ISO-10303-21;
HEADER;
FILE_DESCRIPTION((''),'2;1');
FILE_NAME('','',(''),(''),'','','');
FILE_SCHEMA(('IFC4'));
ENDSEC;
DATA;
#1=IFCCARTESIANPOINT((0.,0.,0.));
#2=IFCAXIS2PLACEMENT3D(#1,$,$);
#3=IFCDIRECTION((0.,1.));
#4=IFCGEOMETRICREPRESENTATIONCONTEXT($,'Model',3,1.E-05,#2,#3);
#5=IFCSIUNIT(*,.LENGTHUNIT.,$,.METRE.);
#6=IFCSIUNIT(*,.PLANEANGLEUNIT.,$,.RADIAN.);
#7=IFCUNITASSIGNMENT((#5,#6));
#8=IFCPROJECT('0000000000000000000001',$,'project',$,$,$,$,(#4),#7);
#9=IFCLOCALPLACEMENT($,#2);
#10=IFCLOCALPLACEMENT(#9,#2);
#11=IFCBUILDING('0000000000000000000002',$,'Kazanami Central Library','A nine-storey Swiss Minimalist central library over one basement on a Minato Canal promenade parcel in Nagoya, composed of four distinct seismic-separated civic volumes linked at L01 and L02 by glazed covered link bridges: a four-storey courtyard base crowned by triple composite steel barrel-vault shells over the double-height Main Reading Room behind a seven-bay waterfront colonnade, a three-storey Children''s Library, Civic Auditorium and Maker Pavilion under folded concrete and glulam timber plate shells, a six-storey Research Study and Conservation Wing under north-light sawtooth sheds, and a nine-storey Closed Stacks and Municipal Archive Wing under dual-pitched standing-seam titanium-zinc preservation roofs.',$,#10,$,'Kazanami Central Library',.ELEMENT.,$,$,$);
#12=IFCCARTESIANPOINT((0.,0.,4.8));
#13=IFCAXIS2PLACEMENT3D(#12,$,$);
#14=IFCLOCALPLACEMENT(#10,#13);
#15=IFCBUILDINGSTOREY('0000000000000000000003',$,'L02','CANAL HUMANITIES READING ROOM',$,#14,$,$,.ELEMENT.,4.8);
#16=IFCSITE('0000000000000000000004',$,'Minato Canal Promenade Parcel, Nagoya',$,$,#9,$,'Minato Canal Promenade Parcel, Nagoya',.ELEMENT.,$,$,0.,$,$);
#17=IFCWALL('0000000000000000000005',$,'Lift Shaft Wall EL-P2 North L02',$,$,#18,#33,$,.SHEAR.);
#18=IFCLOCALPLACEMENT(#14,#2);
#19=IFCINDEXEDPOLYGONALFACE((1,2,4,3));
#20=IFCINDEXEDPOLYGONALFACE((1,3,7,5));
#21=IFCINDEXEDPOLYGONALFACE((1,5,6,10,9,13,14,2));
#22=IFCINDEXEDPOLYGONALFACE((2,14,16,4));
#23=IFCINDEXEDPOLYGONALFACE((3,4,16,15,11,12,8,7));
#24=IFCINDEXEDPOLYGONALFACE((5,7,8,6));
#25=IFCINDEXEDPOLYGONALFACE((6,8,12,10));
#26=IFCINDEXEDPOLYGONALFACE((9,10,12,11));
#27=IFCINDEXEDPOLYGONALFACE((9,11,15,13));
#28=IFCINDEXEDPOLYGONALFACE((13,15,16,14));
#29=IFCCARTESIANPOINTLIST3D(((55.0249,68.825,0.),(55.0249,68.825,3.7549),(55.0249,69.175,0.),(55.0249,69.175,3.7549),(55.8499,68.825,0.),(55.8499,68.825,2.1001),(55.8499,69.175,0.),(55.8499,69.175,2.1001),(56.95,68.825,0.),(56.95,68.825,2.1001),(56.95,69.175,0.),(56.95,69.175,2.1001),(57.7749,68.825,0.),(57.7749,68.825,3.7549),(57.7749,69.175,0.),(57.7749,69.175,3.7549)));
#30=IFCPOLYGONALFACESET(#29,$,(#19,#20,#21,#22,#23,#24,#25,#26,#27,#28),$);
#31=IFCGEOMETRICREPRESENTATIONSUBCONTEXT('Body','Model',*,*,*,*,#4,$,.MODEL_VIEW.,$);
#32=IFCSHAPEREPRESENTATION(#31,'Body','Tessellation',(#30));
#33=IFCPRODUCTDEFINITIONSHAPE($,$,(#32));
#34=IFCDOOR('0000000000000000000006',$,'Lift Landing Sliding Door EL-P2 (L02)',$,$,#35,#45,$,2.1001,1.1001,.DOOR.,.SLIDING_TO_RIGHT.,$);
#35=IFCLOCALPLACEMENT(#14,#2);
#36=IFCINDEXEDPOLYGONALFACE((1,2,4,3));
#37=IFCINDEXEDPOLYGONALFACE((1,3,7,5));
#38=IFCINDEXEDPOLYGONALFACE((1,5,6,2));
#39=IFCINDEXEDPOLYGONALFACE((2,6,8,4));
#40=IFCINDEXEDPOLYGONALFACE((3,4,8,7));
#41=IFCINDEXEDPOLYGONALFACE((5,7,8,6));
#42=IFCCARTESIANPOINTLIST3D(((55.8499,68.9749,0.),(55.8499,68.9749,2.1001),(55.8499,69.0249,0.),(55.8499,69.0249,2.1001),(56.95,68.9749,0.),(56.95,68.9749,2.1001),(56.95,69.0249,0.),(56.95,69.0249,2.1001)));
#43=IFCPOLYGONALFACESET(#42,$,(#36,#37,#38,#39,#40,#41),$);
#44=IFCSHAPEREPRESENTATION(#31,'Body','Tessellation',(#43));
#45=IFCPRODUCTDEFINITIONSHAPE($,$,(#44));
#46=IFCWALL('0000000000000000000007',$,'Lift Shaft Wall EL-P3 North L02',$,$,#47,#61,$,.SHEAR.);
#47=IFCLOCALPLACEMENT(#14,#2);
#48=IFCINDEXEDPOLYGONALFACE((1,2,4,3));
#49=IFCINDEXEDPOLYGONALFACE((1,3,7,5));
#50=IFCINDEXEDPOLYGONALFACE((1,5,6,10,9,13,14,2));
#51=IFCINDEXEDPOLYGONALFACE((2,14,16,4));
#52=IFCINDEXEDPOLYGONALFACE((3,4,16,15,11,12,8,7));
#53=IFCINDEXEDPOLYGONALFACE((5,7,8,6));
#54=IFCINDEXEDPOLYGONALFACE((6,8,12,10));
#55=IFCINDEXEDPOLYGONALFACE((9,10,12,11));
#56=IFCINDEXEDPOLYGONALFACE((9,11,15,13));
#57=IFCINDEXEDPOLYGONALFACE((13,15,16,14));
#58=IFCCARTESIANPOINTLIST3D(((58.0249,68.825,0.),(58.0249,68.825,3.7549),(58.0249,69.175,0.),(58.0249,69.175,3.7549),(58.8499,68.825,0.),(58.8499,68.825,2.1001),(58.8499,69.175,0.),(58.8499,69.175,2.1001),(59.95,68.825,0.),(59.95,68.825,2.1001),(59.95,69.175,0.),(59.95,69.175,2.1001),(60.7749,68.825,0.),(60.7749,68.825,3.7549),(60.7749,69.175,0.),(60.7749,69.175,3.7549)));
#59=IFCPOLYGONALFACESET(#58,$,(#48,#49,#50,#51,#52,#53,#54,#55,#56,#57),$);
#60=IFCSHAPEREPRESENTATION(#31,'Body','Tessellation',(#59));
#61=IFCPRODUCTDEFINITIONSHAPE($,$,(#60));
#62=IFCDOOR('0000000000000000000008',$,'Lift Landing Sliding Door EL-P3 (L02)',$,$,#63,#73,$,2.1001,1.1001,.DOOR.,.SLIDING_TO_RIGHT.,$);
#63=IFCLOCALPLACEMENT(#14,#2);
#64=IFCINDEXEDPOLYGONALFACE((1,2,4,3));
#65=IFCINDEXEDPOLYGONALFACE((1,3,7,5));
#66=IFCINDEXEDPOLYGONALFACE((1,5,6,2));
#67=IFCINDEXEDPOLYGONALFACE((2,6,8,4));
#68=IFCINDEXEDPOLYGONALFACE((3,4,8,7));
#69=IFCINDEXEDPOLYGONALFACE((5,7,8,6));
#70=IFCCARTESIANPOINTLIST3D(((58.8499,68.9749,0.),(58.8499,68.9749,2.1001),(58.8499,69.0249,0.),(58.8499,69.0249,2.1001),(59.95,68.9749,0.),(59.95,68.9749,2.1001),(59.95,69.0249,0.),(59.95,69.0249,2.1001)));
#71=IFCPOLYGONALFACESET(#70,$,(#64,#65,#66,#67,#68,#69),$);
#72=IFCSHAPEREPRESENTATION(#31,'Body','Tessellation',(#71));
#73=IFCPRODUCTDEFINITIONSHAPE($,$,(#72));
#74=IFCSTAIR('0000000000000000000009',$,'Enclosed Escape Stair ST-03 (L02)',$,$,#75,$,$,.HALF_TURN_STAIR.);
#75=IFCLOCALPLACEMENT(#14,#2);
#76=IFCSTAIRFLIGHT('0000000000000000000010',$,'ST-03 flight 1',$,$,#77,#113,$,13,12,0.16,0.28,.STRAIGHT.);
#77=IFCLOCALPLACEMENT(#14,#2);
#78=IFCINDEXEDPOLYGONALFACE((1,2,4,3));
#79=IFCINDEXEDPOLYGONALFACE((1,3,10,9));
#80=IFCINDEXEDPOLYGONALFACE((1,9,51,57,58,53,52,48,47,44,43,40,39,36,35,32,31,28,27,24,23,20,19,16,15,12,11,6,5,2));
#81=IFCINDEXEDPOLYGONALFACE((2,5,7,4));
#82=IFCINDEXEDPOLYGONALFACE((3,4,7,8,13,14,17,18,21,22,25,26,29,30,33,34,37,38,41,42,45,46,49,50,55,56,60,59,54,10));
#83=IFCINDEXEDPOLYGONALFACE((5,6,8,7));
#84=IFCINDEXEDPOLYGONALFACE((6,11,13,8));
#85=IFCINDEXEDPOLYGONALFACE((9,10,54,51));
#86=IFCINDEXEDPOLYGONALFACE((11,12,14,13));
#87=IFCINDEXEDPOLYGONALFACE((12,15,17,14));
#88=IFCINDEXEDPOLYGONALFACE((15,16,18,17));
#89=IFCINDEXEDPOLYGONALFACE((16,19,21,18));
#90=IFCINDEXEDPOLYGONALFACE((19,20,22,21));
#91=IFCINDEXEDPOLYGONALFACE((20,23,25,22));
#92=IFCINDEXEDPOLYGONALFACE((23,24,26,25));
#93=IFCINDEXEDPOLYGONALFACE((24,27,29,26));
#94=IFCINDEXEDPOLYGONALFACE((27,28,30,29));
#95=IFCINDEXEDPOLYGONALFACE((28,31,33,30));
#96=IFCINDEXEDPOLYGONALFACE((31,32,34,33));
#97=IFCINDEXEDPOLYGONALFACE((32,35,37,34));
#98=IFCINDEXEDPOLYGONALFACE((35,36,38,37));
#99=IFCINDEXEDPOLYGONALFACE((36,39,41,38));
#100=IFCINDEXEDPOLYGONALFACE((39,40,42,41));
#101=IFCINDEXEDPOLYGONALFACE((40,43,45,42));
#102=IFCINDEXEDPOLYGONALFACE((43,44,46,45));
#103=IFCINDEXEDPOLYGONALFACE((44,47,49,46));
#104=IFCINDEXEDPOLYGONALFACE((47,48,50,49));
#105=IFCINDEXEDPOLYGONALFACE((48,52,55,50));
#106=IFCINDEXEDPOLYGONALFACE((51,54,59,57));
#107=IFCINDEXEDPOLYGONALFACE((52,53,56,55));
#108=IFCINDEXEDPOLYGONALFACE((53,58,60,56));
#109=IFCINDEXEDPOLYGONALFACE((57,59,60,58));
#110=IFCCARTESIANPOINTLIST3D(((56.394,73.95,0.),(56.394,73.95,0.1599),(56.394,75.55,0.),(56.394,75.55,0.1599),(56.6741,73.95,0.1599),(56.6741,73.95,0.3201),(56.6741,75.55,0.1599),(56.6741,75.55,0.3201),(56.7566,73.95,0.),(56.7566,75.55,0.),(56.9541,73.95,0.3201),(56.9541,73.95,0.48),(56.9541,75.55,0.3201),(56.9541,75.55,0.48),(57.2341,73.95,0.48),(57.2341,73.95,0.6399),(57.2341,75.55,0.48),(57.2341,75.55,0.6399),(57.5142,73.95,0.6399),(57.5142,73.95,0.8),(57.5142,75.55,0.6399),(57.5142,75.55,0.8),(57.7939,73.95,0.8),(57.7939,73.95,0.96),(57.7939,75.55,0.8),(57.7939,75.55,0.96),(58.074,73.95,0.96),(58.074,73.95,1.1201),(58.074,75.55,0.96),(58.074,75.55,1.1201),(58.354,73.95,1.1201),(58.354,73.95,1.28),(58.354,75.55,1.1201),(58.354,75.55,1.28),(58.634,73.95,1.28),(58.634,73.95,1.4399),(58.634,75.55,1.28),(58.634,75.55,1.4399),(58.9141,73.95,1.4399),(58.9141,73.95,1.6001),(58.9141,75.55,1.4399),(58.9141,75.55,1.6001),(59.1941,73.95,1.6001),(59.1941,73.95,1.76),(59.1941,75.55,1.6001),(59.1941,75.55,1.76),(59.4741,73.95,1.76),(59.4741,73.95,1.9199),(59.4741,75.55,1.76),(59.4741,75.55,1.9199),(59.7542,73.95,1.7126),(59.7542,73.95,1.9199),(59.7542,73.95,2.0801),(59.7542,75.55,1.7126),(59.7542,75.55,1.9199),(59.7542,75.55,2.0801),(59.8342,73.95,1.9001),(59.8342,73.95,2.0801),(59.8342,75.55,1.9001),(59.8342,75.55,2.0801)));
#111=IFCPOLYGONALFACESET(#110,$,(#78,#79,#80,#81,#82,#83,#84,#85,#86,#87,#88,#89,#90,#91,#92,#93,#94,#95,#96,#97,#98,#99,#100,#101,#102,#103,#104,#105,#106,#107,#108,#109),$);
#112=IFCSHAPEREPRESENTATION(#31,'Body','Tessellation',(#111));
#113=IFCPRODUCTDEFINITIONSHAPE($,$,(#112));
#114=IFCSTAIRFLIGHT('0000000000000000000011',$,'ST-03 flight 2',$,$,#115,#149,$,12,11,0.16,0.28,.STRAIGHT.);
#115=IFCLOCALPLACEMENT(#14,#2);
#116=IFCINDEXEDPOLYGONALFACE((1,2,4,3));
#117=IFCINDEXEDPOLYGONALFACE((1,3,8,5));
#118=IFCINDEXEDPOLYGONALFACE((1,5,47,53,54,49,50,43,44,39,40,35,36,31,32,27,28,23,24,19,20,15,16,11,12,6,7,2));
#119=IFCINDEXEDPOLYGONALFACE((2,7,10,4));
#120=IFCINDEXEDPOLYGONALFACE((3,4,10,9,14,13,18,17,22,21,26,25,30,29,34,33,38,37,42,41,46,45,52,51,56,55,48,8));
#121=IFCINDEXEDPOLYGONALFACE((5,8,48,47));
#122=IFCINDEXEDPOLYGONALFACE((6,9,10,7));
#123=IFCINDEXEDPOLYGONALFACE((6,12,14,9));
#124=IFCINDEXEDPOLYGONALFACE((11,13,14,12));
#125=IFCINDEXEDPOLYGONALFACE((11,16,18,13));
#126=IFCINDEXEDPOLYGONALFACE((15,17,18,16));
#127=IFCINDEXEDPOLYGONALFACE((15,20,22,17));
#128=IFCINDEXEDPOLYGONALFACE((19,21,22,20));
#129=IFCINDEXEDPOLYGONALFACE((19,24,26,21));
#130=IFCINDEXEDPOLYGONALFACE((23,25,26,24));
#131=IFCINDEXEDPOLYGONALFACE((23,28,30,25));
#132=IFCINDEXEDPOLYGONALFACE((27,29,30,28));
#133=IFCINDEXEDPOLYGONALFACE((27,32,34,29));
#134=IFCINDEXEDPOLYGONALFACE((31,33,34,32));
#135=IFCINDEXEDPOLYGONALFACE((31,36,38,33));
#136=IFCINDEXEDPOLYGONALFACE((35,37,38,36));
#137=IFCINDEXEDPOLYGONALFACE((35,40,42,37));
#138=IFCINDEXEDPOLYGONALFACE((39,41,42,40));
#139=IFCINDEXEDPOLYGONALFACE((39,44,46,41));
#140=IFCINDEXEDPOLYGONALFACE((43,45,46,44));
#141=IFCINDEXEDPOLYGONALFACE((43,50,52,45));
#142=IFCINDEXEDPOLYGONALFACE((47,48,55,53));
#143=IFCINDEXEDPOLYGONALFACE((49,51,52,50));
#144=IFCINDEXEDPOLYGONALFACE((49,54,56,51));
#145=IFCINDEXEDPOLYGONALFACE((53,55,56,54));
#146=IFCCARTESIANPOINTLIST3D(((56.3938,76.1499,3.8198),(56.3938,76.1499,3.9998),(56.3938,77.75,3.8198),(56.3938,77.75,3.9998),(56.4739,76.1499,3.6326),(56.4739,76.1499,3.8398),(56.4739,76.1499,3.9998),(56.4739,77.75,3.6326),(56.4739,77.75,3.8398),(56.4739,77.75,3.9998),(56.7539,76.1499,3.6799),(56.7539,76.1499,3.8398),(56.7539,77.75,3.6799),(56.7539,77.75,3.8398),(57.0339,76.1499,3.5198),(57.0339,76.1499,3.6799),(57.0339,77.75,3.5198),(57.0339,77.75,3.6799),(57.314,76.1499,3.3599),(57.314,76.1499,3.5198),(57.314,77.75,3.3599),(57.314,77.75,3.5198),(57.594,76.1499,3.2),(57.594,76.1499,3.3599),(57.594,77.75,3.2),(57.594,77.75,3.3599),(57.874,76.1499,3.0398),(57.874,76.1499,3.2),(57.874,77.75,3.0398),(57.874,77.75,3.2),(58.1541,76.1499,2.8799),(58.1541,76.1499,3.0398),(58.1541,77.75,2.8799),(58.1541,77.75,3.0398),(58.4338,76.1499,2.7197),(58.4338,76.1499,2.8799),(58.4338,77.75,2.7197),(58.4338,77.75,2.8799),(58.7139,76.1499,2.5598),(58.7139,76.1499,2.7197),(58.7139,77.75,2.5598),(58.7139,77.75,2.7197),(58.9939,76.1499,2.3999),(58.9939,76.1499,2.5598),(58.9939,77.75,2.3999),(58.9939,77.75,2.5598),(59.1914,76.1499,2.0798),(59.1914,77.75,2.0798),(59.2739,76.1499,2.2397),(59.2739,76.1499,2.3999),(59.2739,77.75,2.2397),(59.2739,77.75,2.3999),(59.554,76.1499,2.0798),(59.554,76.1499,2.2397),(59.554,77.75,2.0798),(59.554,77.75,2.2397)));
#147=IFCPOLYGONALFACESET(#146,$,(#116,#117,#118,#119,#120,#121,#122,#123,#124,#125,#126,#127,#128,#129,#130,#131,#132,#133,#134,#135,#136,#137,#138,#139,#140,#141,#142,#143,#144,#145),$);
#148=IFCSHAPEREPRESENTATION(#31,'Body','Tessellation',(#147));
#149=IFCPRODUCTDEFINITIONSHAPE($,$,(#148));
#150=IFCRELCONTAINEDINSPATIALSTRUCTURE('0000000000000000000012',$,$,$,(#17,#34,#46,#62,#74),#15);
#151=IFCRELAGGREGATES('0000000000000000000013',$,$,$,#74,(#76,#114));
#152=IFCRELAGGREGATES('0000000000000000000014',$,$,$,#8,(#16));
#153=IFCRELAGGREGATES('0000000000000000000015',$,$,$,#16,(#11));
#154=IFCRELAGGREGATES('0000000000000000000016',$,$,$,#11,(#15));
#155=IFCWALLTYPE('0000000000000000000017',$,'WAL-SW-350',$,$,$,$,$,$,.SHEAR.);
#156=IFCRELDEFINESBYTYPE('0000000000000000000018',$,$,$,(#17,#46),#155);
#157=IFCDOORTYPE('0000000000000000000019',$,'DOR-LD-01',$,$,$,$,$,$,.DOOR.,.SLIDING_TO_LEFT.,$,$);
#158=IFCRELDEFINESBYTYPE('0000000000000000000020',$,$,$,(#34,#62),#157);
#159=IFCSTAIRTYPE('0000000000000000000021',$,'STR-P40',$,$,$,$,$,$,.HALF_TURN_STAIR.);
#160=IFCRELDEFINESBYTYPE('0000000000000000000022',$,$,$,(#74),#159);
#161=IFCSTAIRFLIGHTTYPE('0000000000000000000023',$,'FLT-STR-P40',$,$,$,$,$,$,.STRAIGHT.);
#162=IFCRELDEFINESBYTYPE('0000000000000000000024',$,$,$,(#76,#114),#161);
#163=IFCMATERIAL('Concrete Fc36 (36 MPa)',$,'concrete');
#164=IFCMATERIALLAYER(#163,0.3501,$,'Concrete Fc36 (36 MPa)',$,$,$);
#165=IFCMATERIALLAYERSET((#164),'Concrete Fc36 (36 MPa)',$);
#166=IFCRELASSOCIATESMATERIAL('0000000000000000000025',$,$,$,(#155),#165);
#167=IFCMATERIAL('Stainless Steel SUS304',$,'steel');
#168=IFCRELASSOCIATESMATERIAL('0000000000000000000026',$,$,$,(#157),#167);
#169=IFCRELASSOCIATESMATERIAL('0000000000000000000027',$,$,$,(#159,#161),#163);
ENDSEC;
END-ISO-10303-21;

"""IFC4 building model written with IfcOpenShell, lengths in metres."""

from ifc_helpers import new_model, si_unit, direction, frame, frame_2d, origin, place, context, subcontext, project, spatial, polyline, rectangle, outline, extrude, material, layer, layer_set, type_object, element, fill, aggregate, save


model = new_model("IFC4")

# Units and contexts
model_context = context("Model", 3, precision=1e-05, world=origin(), true_north=direction((0.0, 1.0)))
body_context = subcontext(model_context, "Body", "Model", "MODEL_VIEW")
ifc_project = project(units=[si_unit("LENGTHUNIT", "METRE"), si_unit("PLANEANGLEUNIT", "RADIAN")], contexts=[model_context])

# Site, building, storey
site_placement = place(None, origin())
site = spatial("IfcSite", under=ifc_project, at=site_placement, Name="Minato Canal Promenade Parcel, Nagoya", LongName="Minato Canal Promenade Parcel, Nagoya", CompositionType="ELEMENT", RefElevation=0.0)
building_placement = place(site_placement, origin())
building = spatial("IfcBuilding", under=site, at=building_placement, Name="Kazanami Central Library", Description="A nine-storey Swiss Minimalist central library over one basement on a Minato Canal promenade parcel in Nagoya, composed of four distinct seismic-separated civic volumes linked at L01 and L02 by glazed covered link bridges: a four-storey courtyard base crowned by triple composite steel barrel-vault shells over the double-height Main Reading Room behind a seven-bay waterfront colonnade, a three-storey Children's Library, Civic Auditorium and Maker Pavilion under folded concrete and glulam timber plate shells, a six-storey Research Study and Conservation Wing under north-light sawtooth sheds, and a nine-storey Closed Stacks and Municipal Archive Wing under dual-pitched standing-seam titanium-zinc preservation roofs.", LongName="Kazanami Central Library", CompositionType="ELEMENT")
storey_placement = place(building_placement, frame((0.0, 0.0, 4.8)))
storey = spatial("IfcBuildingStorey", under=building, at=storey_placement, Name="L02", Description="CANAL HUMANITIES READING ROOM", CompositionType="ELEMENT", Elevation=4.8)

# Shared definitions
ifc_material_1 = material(Name="Concrete Fc36 (36 MPa)", Category="concrete")

# Walls, openings, doors
ifc_layer_1 = layer(ifc_material_1, 0.3501, Name="Concrete Fc36 (36 MPa)")
ifc_layer_set_1 = layer_set([ifc_layer_1], Name="Concrete Fc36 (36 MPa)")
wall_type_1 = type_object("IfcWallType", Name="WAL-SW-350", PredefinedType="SHEAR", material=ifc_layer_set_1)
wall_1_placement = place(storey_placement, frame((55.0249, 69.0, 0.0), z_axis=(0.0, 0.0, 1.0), x_axis=(1.0, 0.0, 0.0)))
wall_1 = element("IfcWall", 1, at=wall_1_placement, inside=storey, type_object=wall_type_1, Name="Lift Shaft Wall EL-P2 North L02", PredefinedType="SHEAR", context=body_context, shape_type="SweptSolid", body=[
    extrude(rectangle(XDim=2.75, YDim=0.3501, at=frame_2d((1.375, 0.0))), origin(), (0.0, 0.0, 1.0), 3.7549),
])
opening_1_placement = place(wall_1_placement, frame((0.825, 0.0, 0.0)))
opening_1 = element("IfcOpeningElement", 2, at=opening_1_placement, cuts=wall_1, PredefinedType="OPENING", context=body_context, shape_type="SweptSolid", body=[
    extrude(rectangle(XDim=1.1001, YDim=2.1001, at=frame_2d((0.55, 1.05))), frame((0.0, 0.187, 0.0), z_axis=(0.0, -1.0, 0.0), x_axis=(1.0, 0.0, 0.0)), (0.0, 0.0, 1.0), 0.374),
])
ifc_material_2 = material(Name="Stainless Steel SUS304", Category="steel")
door_type_1 = type_object("IfcDoorType", Name="DOR-LD-01", OperationType="SLIDING_TO_LEFT", PredefinedType="DOOR", material=ifc_material_2)
door_1_placement = place(opening_1_placement, origin())
door_1 = element("IfcDoor", 3, at=door_1_placement, inside=storey, type_object=door_type_1, Name="Lift Landing Sliding Door EL-P2 (L02)", OperationType="SLIDING_TO_RIGHT", OverallHeight=2.1001, OverallWidth=1.1001, PredefinedType="DOOR", context=body_context, shape_type="SweptSolid", body=[
    extrude(rectangle(XDim=1.1001, YDim=2.1001, at=frame_2d((0.55, 1.05))), frame((0.0, 0.0249, 0.0), z_axis=(0.0, -1.0, 0.0), x_axis=(1.0, 0.0, 0.0)), (0.0, 0.0, 1.0), 0.05),
])
fill(opening_1, door_1)
wall_2_placement = place(storey_placement, frame((58.0249, 69.0, 0.0), z_axis=(0.0, 0.0, 1.0), x_axis=(1.0, 0.0, 0.0)))
wall_2 = element("IfcWall", 4, at=wall_2_placement, inside=storey, type_object=wall_type_1, Name="Lift Shaft Wall EL-P3 North L02", PredefinedType="SHEAR", context=body_context, shape_type="SweptSolid", body=[
    extrude(rectangle(XDim=2.75, YDim=0.3501, at=frame_2d((1.375, 0.0))), origin(), (0.0, 0.0, 1.0), 3.7549),
])
opening_2_placement = place(wall_2_placement, frame((0.825, 0.0, 0.0)))
opening_2 = element("IfcOpeningElement", 5, at=opening_2_placement, cuts=wall_2, PredefinedType="OPENING", context=body_context, shape_type="SweptSolid", body=[
    extrude(rectangle(XDim=1.1001, YDim=2.1001, at=frame_2d((0.55, 1.05))), frame((0.0, 0.187, 0.0), z_axis=(0.0, -1.0, 0.0), x_axis=(1.0, 0.0, 0.0)), (0.0, 0.0, 1.0), 0.374),
])
door_2_placement = place(opening_2_placement, origin())
door_2 = element("IfcDoor", 6, at=door_2_placement, inside=storey, type_object=door_type_1, Name="Lift Landing Sliding Door EL-P3 (L02)", OperationType="SLIDING_TO_RIGHT", OverallHeight=2.1001, OverallWidth=1.1001, PredefinedType="DOOR", context=body_context, shape_type="SweptSolid", body=[
    extrude(rectangle(XDim=1.1001, YDim=2.1001, at=frame_2d((0.55, 1.05))), frame((0.0, 0.0249, 0.0), z_axis=(0.0, -1.0, 0.0), x_axis=(1.0, 0.0, 0.0)), (0.0, 0.0, 1.0), 0.05),
])
fill(opening_2, door_2)

# Stair, stair flights
stair_type = type_object("IfcStairType", Name="STR-P40", PredefinedType="HALF_TURN_STAIR", material=ifc_material_1)
stair_placement = place(storey_placement, origin())
stair = element("IfcStair", 7, at=stair_placement, inside=storey, type_object=stair_type, Name="Enclosed Escape Stair ST-03 (L02)", PredefinedType="HALF_TURN_STAIR")
stair_flight_type = type_object("IfcStairFlightType", Name="FLT-STR-P40", PredefinedType="STRAIGHT", material=ifc_material_1)
stair_flight_1_placement = place(storey_placement, frame((56.394, 74.75, 0.0), z_axis=(0.0, 0.0, 1.0), x_axis=(1.0, 0.0, 0.0)))
stair_flight_1 = element("IfcStairFlight", 8, at=stair_flight_1_placement, type_object=stair_flight_type, Name="ST-03 flight 1", NumberOfRisers=13, NumberOfTreads=12, PredefinedType="STRAIGHT", RiserHeight=0.16, TreadLength=0.28, context=body_context, shape_type="SweptSolid", body=[
    extrude(outline(polyline([(0.0, 0.0), (0.0, 0.1599), (0.28, 0.1599), (0.28, 0.3201), (0.5601, 0.3201), (0.5601, 0.48), (0.8401, 0.48), (0.8401, 0.6399), (1.1201, 0.6399), (1.1201, 0.8), (1.3999, 0.8), (1.3999, 0.96), (1.6799, 0.96), (1.6799, 1.1201), (1.96, 1.1201), (1.96, 1.28), (2.24, 1.28), (2.24, 1.4399), (2.52, 1.4399), (2.52, 1.6001), (2.8, 1.6001), (2.8, 1.76), (3.0801, 1.76), (3.0801, 1.9199), (3.3601, 1.9199), (3.3601, 2.0801), (3.4402, 2.0801), (3.4402, 1.9001), (3.3601, 1.7126), (0.3625, 0.0), (0.0, 0.0)])), frame((0.0, 0.8, 0.0), z_axis=(0.0, -1.0, 0.0), x_axis=(1.0, 0.0, 0.0)), (0.0, 0.0, 1.0), 1.6001),
])
stair_flight_2_placement = place(storey_placement, frame((59.554, 76.95, 2.0798), z_axis=(0.0, 0.0, 1.0), x_axis=(-1.0, 0.0, 0.0)))
stair_flight_2 = element("IfcStairFlight", 9, at=stair_flight_2_placement, type_object=stair_flight_type, Name="ST-03 flight 2", NumberOfRisers=12, NumberOfTreads=11, PredefinedType="STRAIGHT", RiserHeight=0.16, TreadLength=0.28, context=body_context, shape_type="SweptSolid", body=[
    extrude(outline(polyline([(0.0, 0.0), (0.0, 0.1599), (0.28, 0.1599), (0.28, 0.3201), (0.5601, 0.3201), (0.5601, 0.48), (0.8401, 0.48), (0.8401, 0.6399), (1.1201, 0.6399), (1.1201, 0.8), (1.3999, 0.8), (1.3999, 0.96), (1.6799, 0.96), (1.6799, 1.1201), (1.96, 1.1201), (1.96, 1.28), (2.24, 1.28), (2.24, 1.4399), (2.52, 1.4399), (2.52, 1.6001), (2.8, 1.6001), (2.8, 1.76), (3.0801, 1.76), (3.0801, 1.9199), (3.1602, 1.9199), (3.1602, 1.74), (3.0801, 1.5527), (0.3625, 0.0), (0.0, 0.0)])), frame((0.0, 0.8, 0.0), z_axis=(0.0, -1.0, 0.0), x_axis=(1.0, 0.0, 0.0)), (0.0, 0.0, 1.0), 1.6001),
])
aggregate(stair, [stair_flight_1, stair_flight_2])

save(model, "model.ifc")
